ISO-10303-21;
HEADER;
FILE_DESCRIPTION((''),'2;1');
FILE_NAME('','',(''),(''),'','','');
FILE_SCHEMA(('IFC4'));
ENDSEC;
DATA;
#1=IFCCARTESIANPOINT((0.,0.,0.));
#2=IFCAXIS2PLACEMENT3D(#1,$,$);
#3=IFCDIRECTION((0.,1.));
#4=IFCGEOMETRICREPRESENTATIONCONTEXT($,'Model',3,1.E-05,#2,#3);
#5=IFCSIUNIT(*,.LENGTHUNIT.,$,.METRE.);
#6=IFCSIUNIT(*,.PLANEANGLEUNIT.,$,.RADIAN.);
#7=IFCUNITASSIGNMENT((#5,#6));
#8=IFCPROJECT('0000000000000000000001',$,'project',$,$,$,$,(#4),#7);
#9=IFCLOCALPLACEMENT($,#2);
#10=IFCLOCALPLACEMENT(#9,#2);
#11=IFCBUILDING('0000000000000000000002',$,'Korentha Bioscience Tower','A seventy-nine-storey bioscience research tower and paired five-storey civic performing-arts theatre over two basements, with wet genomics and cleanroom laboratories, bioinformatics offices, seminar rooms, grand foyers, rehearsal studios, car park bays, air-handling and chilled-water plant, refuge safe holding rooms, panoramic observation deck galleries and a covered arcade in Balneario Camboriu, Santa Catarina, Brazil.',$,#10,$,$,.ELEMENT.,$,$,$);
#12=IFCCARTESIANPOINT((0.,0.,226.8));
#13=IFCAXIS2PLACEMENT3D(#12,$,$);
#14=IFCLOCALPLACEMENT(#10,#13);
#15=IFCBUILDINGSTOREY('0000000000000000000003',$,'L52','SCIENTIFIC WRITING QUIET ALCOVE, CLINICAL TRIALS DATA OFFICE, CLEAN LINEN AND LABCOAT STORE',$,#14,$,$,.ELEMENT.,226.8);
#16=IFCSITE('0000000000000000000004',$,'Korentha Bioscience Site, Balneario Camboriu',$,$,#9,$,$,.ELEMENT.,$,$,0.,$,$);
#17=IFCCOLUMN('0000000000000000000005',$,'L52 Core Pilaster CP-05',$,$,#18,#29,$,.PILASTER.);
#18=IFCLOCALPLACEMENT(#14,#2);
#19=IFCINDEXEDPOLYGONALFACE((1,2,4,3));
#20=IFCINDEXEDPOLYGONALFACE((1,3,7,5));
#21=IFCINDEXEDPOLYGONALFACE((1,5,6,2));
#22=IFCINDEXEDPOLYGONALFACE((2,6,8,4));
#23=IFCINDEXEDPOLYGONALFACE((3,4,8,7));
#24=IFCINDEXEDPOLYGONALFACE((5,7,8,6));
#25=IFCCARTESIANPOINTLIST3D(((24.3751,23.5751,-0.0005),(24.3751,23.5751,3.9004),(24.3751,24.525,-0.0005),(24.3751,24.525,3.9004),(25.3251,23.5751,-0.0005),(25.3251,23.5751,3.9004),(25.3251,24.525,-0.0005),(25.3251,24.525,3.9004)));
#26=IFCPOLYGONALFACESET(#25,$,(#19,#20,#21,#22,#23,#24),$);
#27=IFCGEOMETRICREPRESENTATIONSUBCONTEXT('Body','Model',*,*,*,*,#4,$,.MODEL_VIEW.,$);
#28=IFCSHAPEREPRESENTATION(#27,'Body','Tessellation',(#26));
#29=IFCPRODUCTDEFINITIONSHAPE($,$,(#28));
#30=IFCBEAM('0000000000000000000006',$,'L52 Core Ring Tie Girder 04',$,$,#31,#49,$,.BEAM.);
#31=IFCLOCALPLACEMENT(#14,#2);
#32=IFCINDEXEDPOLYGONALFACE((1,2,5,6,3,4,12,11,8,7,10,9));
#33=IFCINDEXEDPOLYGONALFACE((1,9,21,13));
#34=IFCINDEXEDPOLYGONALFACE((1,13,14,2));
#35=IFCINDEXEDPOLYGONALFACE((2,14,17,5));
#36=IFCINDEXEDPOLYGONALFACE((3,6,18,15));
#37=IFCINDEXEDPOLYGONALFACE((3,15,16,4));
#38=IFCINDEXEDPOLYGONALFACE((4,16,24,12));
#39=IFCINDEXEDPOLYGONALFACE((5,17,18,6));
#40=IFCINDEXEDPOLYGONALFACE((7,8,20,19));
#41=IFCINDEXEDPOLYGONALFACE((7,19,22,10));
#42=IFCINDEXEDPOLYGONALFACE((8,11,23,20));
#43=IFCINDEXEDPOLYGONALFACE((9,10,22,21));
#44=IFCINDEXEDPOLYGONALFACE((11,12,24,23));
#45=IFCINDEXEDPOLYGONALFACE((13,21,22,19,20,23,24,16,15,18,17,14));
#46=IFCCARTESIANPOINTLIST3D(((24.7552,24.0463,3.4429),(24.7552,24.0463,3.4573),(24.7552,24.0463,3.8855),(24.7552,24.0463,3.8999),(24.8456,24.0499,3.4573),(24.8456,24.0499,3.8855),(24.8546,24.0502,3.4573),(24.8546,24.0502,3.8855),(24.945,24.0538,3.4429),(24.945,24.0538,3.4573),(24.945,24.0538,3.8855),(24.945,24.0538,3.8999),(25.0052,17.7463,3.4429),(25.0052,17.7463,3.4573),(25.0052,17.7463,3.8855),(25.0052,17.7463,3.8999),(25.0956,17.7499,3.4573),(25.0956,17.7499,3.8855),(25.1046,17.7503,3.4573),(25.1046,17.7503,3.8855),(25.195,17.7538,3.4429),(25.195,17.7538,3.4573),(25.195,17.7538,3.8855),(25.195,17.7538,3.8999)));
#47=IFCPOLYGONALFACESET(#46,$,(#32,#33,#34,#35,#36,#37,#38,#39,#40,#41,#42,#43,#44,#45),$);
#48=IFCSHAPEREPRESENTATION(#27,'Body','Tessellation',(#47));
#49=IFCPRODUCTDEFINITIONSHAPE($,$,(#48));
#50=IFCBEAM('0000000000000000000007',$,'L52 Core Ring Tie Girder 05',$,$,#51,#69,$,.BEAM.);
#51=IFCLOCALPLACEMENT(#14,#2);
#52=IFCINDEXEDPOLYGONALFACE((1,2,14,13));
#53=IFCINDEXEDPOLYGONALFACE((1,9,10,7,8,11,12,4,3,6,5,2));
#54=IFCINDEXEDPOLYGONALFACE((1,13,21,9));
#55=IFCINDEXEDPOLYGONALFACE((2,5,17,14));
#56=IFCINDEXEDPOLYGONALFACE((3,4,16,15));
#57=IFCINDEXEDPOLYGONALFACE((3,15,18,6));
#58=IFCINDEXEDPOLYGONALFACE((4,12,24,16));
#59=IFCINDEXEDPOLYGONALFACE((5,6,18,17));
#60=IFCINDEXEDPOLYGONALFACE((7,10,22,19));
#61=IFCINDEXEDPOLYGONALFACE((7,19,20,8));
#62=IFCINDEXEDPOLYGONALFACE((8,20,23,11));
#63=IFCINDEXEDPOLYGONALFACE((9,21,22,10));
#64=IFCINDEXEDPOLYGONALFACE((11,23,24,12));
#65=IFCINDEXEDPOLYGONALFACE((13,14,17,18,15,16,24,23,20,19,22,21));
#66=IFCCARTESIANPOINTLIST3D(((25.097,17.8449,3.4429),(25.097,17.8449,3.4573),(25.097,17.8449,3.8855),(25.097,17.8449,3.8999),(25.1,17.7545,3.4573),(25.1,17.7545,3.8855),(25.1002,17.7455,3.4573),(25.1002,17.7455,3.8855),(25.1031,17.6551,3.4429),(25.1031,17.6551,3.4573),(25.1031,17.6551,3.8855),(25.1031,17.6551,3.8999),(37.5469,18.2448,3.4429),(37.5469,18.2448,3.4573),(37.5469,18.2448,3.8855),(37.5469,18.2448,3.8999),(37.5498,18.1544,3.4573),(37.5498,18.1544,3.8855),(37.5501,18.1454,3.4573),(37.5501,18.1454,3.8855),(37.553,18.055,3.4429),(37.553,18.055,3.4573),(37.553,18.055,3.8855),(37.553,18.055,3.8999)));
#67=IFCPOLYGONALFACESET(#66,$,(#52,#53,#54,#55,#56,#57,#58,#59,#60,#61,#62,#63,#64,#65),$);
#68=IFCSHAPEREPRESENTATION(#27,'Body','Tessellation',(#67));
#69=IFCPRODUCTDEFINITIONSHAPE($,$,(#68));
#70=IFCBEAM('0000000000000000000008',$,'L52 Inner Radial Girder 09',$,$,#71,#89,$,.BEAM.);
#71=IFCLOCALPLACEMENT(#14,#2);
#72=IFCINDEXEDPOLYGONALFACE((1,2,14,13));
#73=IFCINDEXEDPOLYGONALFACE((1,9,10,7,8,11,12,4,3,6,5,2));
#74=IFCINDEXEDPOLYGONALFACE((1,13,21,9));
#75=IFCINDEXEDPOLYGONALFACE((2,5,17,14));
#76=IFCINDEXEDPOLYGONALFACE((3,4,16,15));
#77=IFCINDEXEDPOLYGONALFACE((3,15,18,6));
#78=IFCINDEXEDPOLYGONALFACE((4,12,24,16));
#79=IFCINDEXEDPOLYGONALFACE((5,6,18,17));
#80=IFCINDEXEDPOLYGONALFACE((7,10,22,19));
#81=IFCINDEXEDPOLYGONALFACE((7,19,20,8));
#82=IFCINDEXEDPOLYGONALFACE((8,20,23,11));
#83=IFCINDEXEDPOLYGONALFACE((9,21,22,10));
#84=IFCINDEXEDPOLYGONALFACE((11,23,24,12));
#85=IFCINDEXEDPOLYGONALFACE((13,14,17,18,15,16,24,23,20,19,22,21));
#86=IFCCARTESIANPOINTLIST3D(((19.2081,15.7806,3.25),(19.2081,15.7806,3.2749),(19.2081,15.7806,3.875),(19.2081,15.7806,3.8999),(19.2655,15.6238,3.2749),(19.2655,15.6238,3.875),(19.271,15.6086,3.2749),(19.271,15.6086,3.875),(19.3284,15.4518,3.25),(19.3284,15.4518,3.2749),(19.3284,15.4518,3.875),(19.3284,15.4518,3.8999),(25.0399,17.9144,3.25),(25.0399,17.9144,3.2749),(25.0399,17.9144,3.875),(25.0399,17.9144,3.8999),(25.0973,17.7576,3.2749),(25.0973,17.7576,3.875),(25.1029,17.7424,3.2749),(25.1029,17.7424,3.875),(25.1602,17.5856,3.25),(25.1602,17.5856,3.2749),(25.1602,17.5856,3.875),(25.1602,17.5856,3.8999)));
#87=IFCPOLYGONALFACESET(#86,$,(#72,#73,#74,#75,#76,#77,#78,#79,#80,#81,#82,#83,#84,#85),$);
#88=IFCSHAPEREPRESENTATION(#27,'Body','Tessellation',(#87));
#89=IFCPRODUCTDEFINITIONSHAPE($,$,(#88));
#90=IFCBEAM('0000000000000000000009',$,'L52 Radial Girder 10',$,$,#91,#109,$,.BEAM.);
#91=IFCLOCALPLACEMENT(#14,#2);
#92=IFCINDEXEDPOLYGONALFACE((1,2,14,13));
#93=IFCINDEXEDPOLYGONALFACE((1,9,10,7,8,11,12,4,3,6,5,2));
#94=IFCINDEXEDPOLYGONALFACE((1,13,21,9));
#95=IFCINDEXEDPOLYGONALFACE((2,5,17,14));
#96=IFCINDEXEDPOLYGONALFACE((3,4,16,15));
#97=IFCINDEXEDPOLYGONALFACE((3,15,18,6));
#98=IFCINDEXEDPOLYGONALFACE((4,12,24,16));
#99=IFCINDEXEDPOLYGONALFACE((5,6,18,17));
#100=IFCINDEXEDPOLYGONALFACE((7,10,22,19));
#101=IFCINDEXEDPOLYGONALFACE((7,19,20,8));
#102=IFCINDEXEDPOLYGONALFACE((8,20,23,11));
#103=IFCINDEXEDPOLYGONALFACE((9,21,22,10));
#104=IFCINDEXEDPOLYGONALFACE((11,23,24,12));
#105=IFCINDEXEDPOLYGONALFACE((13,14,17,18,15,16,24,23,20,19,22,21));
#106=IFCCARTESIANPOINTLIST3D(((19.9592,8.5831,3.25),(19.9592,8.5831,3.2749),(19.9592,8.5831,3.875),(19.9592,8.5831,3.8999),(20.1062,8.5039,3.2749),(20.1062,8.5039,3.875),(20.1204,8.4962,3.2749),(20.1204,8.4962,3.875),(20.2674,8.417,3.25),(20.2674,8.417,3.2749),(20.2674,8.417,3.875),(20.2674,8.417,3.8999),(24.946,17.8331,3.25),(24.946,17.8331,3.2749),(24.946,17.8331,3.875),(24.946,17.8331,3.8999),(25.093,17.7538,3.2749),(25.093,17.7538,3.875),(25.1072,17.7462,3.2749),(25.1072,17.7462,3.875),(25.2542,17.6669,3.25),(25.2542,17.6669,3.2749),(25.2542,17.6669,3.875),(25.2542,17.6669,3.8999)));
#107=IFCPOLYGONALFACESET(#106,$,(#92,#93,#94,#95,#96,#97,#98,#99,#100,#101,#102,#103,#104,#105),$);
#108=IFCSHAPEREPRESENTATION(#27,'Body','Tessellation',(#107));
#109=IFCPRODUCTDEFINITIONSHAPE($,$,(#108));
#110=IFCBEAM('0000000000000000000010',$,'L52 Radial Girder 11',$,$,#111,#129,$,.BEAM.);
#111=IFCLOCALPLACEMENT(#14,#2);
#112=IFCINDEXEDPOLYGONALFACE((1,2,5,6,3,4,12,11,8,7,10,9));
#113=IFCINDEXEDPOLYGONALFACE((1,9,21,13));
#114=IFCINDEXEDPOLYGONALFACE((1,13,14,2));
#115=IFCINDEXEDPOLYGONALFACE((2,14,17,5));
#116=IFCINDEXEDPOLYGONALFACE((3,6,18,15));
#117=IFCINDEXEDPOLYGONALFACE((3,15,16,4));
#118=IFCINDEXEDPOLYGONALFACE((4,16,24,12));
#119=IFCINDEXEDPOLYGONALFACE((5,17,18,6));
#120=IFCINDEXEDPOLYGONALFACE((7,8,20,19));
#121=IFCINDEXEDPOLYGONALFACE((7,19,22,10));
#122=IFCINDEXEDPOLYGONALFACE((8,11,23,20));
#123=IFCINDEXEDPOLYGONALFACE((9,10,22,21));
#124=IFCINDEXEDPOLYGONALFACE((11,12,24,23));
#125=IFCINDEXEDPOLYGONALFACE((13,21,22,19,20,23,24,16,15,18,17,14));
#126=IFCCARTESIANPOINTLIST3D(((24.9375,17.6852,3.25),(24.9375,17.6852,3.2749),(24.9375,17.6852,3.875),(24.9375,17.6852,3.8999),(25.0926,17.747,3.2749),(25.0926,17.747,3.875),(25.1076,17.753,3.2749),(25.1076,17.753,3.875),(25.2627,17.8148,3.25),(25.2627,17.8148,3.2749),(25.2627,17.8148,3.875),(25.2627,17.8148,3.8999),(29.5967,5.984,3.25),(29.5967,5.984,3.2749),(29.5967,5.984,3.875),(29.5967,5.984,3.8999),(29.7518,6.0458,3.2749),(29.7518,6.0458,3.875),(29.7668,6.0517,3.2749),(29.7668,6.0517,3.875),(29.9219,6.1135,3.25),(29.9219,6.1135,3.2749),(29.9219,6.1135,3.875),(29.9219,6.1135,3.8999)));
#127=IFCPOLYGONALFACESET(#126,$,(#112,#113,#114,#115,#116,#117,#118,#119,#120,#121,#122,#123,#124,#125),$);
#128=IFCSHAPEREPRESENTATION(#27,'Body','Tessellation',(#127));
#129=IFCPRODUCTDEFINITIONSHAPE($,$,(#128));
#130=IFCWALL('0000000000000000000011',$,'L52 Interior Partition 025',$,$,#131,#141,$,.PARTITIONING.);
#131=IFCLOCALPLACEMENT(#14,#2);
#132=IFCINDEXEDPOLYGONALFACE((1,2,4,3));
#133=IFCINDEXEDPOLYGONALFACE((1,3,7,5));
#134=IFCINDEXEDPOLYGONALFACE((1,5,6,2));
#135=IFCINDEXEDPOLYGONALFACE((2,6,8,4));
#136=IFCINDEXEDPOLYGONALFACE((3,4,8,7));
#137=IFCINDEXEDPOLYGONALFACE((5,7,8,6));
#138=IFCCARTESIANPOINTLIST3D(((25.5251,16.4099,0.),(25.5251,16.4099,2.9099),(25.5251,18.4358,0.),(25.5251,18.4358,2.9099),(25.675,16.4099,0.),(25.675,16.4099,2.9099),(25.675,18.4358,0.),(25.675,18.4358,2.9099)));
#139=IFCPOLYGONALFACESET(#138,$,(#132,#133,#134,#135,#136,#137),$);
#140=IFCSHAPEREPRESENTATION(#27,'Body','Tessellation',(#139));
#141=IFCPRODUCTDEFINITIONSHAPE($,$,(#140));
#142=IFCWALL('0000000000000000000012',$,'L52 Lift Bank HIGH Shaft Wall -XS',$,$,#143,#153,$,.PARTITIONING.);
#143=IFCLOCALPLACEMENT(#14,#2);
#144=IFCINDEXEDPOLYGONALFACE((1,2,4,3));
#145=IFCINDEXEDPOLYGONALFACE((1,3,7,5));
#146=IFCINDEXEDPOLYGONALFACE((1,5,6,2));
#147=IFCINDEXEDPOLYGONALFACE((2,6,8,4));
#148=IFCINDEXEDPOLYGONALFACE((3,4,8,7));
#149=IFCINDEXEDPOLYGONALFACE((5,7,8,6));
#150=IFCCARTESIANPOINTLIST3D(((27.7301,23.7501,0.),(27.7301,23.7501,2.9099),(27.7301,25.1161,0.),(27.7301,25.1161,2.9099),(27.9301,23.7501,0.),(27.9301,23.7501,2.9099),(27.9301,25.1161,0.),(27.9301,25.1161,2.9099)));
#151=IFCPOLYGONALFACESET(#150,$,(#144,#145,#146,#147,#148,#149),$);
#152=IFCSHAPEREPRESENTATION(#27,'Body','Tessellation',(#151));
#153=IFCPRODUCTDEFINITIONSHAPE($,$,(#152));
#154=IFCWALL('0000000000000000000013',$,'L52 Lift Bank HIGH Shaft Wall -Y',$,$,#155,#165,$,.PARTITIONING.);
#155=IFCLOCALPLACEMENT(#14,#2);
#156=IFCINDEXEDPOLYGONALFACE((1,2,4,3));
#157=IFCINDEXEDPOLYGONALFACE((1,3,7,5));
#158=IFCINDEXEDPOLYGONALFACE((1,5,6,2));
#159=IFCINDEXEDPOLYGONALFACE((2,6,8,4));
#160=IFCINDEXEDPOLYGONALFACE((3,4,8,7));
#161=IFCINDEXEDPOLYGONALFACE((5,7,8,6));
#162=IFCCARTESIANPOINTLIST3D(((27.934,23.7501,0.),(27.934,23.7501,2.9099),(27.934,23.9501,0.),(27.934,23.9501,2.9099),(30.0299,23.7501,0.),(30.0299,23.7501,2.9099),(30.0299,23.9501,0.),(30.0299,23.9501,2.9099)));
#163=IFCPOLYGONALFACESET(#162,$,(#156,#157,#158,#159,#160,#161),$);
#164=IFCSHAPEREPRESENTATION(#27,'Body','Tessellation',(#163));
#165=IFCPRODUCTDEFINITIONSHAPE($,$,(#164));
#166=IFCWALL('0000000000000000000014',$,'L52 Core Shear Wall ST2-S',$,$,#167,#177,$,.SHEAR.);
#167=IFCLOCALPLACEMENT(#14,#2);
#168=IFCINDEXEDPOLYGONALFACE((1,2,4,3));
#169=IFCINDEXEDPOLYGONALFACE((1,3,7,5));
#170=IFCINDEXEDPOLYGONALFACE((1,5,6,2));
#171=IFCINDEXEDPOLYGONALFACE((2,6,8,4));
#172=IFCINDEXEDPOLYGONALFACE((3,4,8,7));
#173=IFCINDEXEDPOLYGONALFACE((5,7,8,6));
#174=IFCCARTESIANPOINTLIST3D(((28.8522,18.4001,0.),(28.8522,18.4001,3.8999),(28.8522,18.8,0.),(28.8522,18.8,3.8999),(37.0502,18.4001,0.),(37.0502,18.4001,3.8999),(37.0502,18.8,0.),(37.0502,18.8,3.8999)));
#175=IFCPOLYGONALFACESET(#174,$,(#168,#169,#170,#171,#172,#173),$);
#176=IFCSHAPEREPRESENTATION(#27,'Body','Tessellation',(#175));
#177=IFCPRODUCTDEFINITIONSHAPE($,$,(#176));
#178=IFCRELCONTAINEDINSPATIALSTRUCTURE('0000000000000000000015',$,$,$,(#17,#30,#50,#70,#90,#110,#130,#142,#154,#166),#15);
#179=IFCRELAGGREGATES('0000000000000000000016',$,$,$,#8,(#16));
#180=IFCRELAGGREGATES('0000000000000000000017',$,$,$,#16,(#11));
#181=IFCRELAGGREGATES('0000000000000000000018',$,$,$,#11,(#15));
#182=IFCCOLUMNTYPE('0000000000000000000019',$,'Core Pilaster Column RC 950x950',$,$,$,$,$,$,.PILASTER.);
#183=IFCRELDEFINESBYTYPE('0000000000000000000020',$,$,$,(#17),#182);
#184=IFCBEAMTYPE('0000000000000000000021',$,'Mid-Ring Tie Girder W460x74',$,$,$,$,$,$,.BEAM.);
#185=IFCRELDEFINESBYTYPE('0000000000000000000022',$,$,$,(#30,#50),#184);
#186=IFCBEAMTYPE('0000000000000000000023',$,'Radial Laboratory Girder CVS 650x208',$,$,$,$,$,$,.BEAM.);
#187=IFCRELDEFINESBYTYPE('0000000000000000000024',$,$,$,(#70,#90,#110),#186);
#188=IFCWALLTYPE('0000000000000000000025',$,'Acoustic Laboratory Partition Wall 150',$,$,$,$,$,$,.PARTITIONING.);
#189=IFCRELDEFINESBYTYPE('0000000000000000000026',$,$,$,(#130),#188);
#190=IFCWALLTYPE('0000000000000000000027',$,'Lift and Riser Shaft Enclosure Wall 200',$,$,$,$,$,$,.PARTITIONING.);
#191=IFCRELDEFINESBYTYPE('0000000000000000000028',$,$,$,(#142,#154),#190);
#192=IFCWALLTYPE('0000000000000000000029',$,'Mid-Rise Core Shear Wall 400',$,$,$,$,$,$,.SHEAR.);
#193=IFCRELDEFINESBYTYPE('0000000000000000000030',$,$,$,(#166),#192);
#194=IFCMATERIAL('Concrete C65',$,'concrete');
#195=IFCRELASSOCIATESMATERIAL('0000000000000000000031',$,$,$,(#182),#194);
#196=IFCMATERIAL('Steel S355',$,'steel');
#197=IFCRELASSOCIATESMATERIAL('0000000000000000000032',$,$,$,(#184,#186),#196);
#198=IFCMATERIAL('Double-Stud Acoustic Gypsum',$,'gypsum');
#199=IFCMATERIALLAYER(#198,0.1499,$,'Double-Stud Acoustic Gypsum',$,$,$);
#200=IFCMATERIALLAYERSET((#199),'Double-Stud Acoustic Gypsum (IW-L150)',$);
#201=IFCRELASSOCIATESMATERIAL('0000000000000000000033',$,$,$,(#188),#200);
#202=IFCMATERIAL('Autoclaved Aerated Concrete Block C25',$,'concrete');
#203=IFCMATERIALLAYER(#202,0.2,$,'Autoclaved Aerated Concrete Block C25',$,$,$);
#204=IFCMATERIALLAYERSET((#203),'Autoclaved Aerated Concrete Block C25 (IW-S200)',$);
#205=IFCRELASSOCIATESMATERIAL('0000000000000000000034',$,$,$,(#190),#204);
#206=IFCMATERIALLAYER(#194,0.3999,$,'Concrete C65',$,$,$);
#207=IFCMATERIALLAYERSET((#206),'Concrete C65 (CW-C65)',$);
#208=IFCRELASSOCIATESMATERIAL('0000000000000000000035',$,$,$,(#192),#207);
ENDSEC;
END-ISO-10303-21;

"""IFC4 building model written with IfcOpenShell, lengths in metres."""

from ifc_helpers import new_model, si_unit, direction, frame, frame_2d, origin, origin_2d, place, context, subcontext, project, spatial, rectangle, i_section, extrude, material, layer, layer_set, material_profile, profile_set, type_object, element, save


model = new_model("IFC4")

# Units and contexts
model_context = context("Model", 3, precision=1e-05, world=origin(), true_north=direction((0.0, 1.0)))
body_context = subcontext(model_context, "Body", "Model", "MODEL_VIEW")
ifc_project = project(units=[si_unit("LENGTHUNIT", "METRE"), si_unit("PLANEANGLEUNIT", "RADIAN")], contexts=[model_context])

# Site, building, storey
site_placement = place(None, origin())
site = spatial("IfcSite", under=ifc_project, at=site_placement, Name="Korentha Bioscience Site, Balneario Camboriu", CompositionType="ELEMENT", RefElevation=0.0)
building_placement = place(site_placement, origin())
building = spatial("IfcBuilding", under=site, at=building_placement, Name="Korentha Bioscience Tower", Description="A seventy-nine-storey bioscience research tower and paired five-storey civic performing-arts theatre over two basements, with wet genomics and cleanroom laboratories, bioinformatics offices, seminar rooms, grand foyers, rehearsal studios, car park bays, air-handling and chilled-water plant, refuge safe holding rooms, panoramic observation deck galleries and a covered arcade in Balneario Camboriu, Santa Catarina, Brazil.", CompositionType="ELEMENT")
storey_placement = place(building_placement, frame((0.0, 0.0, 226.8)))
storey = spatial("IfcBuildingStorey", under=building, at=storey_placement, Name="L52", Description="SCIENTIFIC WRITING QUIET ALCOVE, CLINICAL TRIALS DATA OFFICE, CLEAN LINEN AND LABCOAT STORE", CompositionType="ELEMENT", Elevation=226.8)

# Column
ifc_material_1 = material(Name="Concrete C65", Category="concrete")
ifc_material_profile_1 = material_profile(ifc_material_1, rectangle(XDim=0.95, YDim=0.95, at=origin_2d()), Name="Concrete C65")
ifc_profile_set_1 = profile_set([ifc_material_profile_1], Name="Concrete C65 (COL-CP09)")
column_type = type_object("IfcColumnType", Name="Core Pilaster Column RC 950x950", PredefinedType="PILASTER", material=ifc_profile_set_1)
column_placement = place(storey_placement, frame((24.8501, 24.05, -0.0005), z_axis=(0.0, 0.0, 1.0), x_axis=(1.0, 0.0, 0.0)))
element("IfcColumn", 1, at=column_placement, inside=storey, type_object=column_type, Name="L52 Core Pilaster CP-05", PredefinedType="PILASTER", context=body_context, shape_type="SweptSolid", body=[
    extrude(rectangle(XDim=0.95, YDim=0.95, at=origin_2d()), origin(), (0.0, 0.0, 1.0), 3.9009),
])

# Beams
ifc_material_2 = material(Name="Steel S355", Category="steel")
ifc_material_profile_2 = material_profile(ifc_material_2, i_section(OverallWidth=0.1899, OverallDepth=0.457, WebThickness=0.009, FlangeThickness=0.0144, at=origin_2d()), Name="Steel S355")
ifc_profile_set_2 = profile_set([ifc_material_profile_2], Name="Steel S355 (MB-460)")
beam_type_1 = type_object("IfcBeamType", Name="Mid-Ring Tie Girder W460x74", PredefinedType="BEAM", material=ifc_profile_set_2)
beam_1_placement = place(storey_placement, frame((24.8501, 24.05, 3.6714), z_axis=(0.039651, -0.999214, 0.0), x_axis=(0.999214, 0.039651, 0.0)))
element("IfcBeam", 2, at=beam_1_placement, inside=storey, type_object=beam_type_1, Name="L52 Core Ring Tie Girder 04", PredefinedType="BEAM", context=body_context, shape_type="SweptSolid", body=[
    extrude(i_section(OverallWidth=0.1899, OverallDepth=0.457, WebThickness=0.009, FlangeThickness=0.0144, at=origin_2d()), origin(), (0.0, 0.0, 1.0), 6.3049),
])
beam_2_placement = place(storey_placement, frame((25.1001, 17.75, 3.6714), z_axis=(0.999485, 0.032104, 0.0), x_axis=(-0.032104, 0.999485, 0.0)))
element("IfcBeam", 3, at=beam_2_placement, inside=storey, type_object=beam_type_1, Name="L52 Core Ring Tie Girder 05", PredefinedType="BEAM", context=body_context, shape_type="SweptSolid", body=[
    extrude(i_section(OverallWidth=0.1899, OverallDepth=0.457, WebThickness=0.009, FlangeThickness=0.0144, at=origin_2d()), origin(), (0.0, 0.0, 1.0), 12.4563),
])
ifc_material_profile_3 = material_profile(ifc_material_2, i_section(OverallWidth=0.3501, OverallDepth=0.6499, WebThickness=0.0161, FlangeThickness=0.0249, at=origin_2d()), Name="Steel S355")
ifc_profile_set_3 = profile_set([ifc_material_profile_3], Name="Steel S355 (RB-650)")
beam_type_2 = type_object("IfcBeamType", Name="Radial Laboratory Girder CVS 650x208", PredefinedType="BEAM", material=ifc_profile_set_3)
beam_3_placement = place(storey_placement, frame((25.1001, 17.75, 3.575), z_axis=(-0.939112, -0.343611, 0.0), x_axis=(0.343611, -0.939112, 0.0)))
element("IfcBeam", 4, at=beam_3_placement, inside=storey, type_object=beam_type_2, Name="L52 Inner Radial Girder 09", PredefinedType="BEAM", context=body_context, shape_type="SweptSolid", body=[
    extrude(i_section(OverallWidth=0.3501, OverallDepth=0.6499, WebThickness=0.0161, FlangeThickness=0.0249, at=origin_2d()), origin(), (0.0, 0.0, 1.0), 6.21),
])
beam_4_placement = place(storey_placement, frame((25.1001, 17.75, 3.575), z_axis=(-0.474546, -0.880231, 0.0), x_axis=(0.880231, -0.474546, 0.0)))
element("IfcBeam", 5, at=beam_4_placement, inside=storey, type_object=beam_type_2, Name="L52 Radial Girder 10", PredefinedType="BEAM", context=body_context, shape_type="SweptSolid", body=[
    extrude(i_section(OverallWidth=0.3501, OverallDepth=0.6499, WebThickness=0.0161, FlangeThickness=0.0249, at=origin_2d()), origin(), (0.0, 0.0, 1.0), 10.5085),
])
beam_5_placement = place(storey_placement, frame((25.1001, 17.75, 3.575), z_axis=(0.369933, -0.929058, 0.0), x_axis=(0.929058, 0.369933, 0.0)))
element("IfcBeam", 6, at=beam_5_placement, inside=storey, type_object=beam_type_2, Name="L52 Radial Girder 11", PredefinedType="BEAM", context=body_context, shape_type="SweptSolid", body=[
    extrude(i_section(OverallWidth=0.3501, OverallDepth=0.6499, WebThickness=0.0161, FlangeThickness=0.0249, at=origin_2d()), origin(), (0.0, 0.0, 1.0), 12.5947),
])

# Walls
ifc_material_3 = material(Name="Double-Stud Acoustic Gypsum", Category="gypsum")
ifc_layer_1 = layer(ifc_material_3, 0.1499, Name="Double-Stud Acoustic Gypsum")
ifc_layer_set_1 = layer_set([ifc_layer_1], Name="Double-Stud Acoustic Gypsum (IW-L150)")
wall_type_1 = type_object("IfcWallType", Name="Acoustic Laboratory Partition Wall 150", PredefinedType="PARTITIONING", material=ifc_layer_set_1)
wall_1_placement = place(storey_placement, frame((25.6001, 18.4358, 0.0), z_axis=(0.0, 0.0, 1.0), x_axis=(0.0, -1.0, 0.0)))
element("IfcWall", 7, at=wall_1_placement, inside=storey, type_object=wall_type_1, Name="L52 Interior Partition 025", PredefinedType="PARTITIONING", context=body_context, shape_type="SweptSolid", body=[
    extrude(rectangle(XDim=2.0259, YDim=0.1499, at=frame_2d((1.0129, 0.0))), origin(), (0.0, 0.0, 1.0), 2.9099),
])
ifc_material_4 = material(Name="Autoclaved Aerated Concrete Block C25", Category="concrete")
ifc_layer_2 = layer(ifc_material_4, 0.2, Name="Autoclaved Aerated Concrete Block C25")
ifc_layer_set_2 = layer_set([ifc_layer_2], Name="Autoclaved Aerated Concrete Block C25 (IW-S200)")
wall_type_2 = type_object("IfcWallType", Name="Lift and Riser Shaft Enclosure Wall 200", PredefinedType="PARTITIONING", material=ifc_layer_set_2)
wall_2_placement = place(storey_placement, frame((27.8301, 23.75, 0.0), z_axis=(0.0, 0.0, 1.0), x_axis=(0.0, 1.0, 0.0)))
element("IfcWall", 8, at=wall_2_placement, inside=storey, type_object=wall_type_2, Name="L52 Lift Bank HIGH Shaft Wall -XS", PredefinedType="PARTITIONING", context=body_context, shape_type="SweptSolid", body=[
    extrude(rectangle(XDim=1.366, YDim=0.2, at=frame_2d((0.6831, 0.0))), origin(), (0.0, 0.0, 1.0), 2.9099),
])
wall_3_placement = place(storey_placement, frame((27.9341, 23.8501, 0.0), z_axis=(0.0, 0.0, 1.0), x_axis=(1.0, 0.0, 0.0)))
element("IfcWall", 9, at=wall_3_placement, inside=storey, type_object=wall_type_2, Name="L52 Lift Bank HIGH Shaft Wall -Y", PredefinedType="PARTITIONING", context=body_context, shape_type="SweptSolid", body=[
    extrude(rectangle(XDim=2.0959, YDim=0.2, at=frame_2d((1.0479, 0.0))), origin(), (0.0, 0.0, 1.0), 2.9099),
])
ifc_layer_3 = layer(ifc_material_1, 0.3999, Name="Concrete C65")
ifc_layer_set_3 = layer_set([ifc_layer_3], Name="Concrete C65 (CW-C65)")
wall_type_3 = type_object("IfcWallType", Name="Mid-Rise Core Shear Wall 400", PredefinedType="SHEAR", material=ifc_layer_set_3)
wall_4_placement = place(storey_placement, frame((28.8521, 18.6001, 0.0), z_axis=(0.0, 0.0, 1.0), x_axis=(1.0, 0.0, 0.0)))
element("IfcWall", 10, at=wall_4_placement, inside=storey, type_object=wall_type_3, Name="L52 Core Shear Wall ST2-S", PredefinedType="SHEAR", context=body_context, shape_type="SweptSolid", body=[
    extrude(rectangle(XDim=8.198, YDim=0.3999, at=frame_2d((4.0991, 0.0))), origin(), (0.0, 0.0, 1.0), 3.8999),
])

save(model, "model.ifc")
